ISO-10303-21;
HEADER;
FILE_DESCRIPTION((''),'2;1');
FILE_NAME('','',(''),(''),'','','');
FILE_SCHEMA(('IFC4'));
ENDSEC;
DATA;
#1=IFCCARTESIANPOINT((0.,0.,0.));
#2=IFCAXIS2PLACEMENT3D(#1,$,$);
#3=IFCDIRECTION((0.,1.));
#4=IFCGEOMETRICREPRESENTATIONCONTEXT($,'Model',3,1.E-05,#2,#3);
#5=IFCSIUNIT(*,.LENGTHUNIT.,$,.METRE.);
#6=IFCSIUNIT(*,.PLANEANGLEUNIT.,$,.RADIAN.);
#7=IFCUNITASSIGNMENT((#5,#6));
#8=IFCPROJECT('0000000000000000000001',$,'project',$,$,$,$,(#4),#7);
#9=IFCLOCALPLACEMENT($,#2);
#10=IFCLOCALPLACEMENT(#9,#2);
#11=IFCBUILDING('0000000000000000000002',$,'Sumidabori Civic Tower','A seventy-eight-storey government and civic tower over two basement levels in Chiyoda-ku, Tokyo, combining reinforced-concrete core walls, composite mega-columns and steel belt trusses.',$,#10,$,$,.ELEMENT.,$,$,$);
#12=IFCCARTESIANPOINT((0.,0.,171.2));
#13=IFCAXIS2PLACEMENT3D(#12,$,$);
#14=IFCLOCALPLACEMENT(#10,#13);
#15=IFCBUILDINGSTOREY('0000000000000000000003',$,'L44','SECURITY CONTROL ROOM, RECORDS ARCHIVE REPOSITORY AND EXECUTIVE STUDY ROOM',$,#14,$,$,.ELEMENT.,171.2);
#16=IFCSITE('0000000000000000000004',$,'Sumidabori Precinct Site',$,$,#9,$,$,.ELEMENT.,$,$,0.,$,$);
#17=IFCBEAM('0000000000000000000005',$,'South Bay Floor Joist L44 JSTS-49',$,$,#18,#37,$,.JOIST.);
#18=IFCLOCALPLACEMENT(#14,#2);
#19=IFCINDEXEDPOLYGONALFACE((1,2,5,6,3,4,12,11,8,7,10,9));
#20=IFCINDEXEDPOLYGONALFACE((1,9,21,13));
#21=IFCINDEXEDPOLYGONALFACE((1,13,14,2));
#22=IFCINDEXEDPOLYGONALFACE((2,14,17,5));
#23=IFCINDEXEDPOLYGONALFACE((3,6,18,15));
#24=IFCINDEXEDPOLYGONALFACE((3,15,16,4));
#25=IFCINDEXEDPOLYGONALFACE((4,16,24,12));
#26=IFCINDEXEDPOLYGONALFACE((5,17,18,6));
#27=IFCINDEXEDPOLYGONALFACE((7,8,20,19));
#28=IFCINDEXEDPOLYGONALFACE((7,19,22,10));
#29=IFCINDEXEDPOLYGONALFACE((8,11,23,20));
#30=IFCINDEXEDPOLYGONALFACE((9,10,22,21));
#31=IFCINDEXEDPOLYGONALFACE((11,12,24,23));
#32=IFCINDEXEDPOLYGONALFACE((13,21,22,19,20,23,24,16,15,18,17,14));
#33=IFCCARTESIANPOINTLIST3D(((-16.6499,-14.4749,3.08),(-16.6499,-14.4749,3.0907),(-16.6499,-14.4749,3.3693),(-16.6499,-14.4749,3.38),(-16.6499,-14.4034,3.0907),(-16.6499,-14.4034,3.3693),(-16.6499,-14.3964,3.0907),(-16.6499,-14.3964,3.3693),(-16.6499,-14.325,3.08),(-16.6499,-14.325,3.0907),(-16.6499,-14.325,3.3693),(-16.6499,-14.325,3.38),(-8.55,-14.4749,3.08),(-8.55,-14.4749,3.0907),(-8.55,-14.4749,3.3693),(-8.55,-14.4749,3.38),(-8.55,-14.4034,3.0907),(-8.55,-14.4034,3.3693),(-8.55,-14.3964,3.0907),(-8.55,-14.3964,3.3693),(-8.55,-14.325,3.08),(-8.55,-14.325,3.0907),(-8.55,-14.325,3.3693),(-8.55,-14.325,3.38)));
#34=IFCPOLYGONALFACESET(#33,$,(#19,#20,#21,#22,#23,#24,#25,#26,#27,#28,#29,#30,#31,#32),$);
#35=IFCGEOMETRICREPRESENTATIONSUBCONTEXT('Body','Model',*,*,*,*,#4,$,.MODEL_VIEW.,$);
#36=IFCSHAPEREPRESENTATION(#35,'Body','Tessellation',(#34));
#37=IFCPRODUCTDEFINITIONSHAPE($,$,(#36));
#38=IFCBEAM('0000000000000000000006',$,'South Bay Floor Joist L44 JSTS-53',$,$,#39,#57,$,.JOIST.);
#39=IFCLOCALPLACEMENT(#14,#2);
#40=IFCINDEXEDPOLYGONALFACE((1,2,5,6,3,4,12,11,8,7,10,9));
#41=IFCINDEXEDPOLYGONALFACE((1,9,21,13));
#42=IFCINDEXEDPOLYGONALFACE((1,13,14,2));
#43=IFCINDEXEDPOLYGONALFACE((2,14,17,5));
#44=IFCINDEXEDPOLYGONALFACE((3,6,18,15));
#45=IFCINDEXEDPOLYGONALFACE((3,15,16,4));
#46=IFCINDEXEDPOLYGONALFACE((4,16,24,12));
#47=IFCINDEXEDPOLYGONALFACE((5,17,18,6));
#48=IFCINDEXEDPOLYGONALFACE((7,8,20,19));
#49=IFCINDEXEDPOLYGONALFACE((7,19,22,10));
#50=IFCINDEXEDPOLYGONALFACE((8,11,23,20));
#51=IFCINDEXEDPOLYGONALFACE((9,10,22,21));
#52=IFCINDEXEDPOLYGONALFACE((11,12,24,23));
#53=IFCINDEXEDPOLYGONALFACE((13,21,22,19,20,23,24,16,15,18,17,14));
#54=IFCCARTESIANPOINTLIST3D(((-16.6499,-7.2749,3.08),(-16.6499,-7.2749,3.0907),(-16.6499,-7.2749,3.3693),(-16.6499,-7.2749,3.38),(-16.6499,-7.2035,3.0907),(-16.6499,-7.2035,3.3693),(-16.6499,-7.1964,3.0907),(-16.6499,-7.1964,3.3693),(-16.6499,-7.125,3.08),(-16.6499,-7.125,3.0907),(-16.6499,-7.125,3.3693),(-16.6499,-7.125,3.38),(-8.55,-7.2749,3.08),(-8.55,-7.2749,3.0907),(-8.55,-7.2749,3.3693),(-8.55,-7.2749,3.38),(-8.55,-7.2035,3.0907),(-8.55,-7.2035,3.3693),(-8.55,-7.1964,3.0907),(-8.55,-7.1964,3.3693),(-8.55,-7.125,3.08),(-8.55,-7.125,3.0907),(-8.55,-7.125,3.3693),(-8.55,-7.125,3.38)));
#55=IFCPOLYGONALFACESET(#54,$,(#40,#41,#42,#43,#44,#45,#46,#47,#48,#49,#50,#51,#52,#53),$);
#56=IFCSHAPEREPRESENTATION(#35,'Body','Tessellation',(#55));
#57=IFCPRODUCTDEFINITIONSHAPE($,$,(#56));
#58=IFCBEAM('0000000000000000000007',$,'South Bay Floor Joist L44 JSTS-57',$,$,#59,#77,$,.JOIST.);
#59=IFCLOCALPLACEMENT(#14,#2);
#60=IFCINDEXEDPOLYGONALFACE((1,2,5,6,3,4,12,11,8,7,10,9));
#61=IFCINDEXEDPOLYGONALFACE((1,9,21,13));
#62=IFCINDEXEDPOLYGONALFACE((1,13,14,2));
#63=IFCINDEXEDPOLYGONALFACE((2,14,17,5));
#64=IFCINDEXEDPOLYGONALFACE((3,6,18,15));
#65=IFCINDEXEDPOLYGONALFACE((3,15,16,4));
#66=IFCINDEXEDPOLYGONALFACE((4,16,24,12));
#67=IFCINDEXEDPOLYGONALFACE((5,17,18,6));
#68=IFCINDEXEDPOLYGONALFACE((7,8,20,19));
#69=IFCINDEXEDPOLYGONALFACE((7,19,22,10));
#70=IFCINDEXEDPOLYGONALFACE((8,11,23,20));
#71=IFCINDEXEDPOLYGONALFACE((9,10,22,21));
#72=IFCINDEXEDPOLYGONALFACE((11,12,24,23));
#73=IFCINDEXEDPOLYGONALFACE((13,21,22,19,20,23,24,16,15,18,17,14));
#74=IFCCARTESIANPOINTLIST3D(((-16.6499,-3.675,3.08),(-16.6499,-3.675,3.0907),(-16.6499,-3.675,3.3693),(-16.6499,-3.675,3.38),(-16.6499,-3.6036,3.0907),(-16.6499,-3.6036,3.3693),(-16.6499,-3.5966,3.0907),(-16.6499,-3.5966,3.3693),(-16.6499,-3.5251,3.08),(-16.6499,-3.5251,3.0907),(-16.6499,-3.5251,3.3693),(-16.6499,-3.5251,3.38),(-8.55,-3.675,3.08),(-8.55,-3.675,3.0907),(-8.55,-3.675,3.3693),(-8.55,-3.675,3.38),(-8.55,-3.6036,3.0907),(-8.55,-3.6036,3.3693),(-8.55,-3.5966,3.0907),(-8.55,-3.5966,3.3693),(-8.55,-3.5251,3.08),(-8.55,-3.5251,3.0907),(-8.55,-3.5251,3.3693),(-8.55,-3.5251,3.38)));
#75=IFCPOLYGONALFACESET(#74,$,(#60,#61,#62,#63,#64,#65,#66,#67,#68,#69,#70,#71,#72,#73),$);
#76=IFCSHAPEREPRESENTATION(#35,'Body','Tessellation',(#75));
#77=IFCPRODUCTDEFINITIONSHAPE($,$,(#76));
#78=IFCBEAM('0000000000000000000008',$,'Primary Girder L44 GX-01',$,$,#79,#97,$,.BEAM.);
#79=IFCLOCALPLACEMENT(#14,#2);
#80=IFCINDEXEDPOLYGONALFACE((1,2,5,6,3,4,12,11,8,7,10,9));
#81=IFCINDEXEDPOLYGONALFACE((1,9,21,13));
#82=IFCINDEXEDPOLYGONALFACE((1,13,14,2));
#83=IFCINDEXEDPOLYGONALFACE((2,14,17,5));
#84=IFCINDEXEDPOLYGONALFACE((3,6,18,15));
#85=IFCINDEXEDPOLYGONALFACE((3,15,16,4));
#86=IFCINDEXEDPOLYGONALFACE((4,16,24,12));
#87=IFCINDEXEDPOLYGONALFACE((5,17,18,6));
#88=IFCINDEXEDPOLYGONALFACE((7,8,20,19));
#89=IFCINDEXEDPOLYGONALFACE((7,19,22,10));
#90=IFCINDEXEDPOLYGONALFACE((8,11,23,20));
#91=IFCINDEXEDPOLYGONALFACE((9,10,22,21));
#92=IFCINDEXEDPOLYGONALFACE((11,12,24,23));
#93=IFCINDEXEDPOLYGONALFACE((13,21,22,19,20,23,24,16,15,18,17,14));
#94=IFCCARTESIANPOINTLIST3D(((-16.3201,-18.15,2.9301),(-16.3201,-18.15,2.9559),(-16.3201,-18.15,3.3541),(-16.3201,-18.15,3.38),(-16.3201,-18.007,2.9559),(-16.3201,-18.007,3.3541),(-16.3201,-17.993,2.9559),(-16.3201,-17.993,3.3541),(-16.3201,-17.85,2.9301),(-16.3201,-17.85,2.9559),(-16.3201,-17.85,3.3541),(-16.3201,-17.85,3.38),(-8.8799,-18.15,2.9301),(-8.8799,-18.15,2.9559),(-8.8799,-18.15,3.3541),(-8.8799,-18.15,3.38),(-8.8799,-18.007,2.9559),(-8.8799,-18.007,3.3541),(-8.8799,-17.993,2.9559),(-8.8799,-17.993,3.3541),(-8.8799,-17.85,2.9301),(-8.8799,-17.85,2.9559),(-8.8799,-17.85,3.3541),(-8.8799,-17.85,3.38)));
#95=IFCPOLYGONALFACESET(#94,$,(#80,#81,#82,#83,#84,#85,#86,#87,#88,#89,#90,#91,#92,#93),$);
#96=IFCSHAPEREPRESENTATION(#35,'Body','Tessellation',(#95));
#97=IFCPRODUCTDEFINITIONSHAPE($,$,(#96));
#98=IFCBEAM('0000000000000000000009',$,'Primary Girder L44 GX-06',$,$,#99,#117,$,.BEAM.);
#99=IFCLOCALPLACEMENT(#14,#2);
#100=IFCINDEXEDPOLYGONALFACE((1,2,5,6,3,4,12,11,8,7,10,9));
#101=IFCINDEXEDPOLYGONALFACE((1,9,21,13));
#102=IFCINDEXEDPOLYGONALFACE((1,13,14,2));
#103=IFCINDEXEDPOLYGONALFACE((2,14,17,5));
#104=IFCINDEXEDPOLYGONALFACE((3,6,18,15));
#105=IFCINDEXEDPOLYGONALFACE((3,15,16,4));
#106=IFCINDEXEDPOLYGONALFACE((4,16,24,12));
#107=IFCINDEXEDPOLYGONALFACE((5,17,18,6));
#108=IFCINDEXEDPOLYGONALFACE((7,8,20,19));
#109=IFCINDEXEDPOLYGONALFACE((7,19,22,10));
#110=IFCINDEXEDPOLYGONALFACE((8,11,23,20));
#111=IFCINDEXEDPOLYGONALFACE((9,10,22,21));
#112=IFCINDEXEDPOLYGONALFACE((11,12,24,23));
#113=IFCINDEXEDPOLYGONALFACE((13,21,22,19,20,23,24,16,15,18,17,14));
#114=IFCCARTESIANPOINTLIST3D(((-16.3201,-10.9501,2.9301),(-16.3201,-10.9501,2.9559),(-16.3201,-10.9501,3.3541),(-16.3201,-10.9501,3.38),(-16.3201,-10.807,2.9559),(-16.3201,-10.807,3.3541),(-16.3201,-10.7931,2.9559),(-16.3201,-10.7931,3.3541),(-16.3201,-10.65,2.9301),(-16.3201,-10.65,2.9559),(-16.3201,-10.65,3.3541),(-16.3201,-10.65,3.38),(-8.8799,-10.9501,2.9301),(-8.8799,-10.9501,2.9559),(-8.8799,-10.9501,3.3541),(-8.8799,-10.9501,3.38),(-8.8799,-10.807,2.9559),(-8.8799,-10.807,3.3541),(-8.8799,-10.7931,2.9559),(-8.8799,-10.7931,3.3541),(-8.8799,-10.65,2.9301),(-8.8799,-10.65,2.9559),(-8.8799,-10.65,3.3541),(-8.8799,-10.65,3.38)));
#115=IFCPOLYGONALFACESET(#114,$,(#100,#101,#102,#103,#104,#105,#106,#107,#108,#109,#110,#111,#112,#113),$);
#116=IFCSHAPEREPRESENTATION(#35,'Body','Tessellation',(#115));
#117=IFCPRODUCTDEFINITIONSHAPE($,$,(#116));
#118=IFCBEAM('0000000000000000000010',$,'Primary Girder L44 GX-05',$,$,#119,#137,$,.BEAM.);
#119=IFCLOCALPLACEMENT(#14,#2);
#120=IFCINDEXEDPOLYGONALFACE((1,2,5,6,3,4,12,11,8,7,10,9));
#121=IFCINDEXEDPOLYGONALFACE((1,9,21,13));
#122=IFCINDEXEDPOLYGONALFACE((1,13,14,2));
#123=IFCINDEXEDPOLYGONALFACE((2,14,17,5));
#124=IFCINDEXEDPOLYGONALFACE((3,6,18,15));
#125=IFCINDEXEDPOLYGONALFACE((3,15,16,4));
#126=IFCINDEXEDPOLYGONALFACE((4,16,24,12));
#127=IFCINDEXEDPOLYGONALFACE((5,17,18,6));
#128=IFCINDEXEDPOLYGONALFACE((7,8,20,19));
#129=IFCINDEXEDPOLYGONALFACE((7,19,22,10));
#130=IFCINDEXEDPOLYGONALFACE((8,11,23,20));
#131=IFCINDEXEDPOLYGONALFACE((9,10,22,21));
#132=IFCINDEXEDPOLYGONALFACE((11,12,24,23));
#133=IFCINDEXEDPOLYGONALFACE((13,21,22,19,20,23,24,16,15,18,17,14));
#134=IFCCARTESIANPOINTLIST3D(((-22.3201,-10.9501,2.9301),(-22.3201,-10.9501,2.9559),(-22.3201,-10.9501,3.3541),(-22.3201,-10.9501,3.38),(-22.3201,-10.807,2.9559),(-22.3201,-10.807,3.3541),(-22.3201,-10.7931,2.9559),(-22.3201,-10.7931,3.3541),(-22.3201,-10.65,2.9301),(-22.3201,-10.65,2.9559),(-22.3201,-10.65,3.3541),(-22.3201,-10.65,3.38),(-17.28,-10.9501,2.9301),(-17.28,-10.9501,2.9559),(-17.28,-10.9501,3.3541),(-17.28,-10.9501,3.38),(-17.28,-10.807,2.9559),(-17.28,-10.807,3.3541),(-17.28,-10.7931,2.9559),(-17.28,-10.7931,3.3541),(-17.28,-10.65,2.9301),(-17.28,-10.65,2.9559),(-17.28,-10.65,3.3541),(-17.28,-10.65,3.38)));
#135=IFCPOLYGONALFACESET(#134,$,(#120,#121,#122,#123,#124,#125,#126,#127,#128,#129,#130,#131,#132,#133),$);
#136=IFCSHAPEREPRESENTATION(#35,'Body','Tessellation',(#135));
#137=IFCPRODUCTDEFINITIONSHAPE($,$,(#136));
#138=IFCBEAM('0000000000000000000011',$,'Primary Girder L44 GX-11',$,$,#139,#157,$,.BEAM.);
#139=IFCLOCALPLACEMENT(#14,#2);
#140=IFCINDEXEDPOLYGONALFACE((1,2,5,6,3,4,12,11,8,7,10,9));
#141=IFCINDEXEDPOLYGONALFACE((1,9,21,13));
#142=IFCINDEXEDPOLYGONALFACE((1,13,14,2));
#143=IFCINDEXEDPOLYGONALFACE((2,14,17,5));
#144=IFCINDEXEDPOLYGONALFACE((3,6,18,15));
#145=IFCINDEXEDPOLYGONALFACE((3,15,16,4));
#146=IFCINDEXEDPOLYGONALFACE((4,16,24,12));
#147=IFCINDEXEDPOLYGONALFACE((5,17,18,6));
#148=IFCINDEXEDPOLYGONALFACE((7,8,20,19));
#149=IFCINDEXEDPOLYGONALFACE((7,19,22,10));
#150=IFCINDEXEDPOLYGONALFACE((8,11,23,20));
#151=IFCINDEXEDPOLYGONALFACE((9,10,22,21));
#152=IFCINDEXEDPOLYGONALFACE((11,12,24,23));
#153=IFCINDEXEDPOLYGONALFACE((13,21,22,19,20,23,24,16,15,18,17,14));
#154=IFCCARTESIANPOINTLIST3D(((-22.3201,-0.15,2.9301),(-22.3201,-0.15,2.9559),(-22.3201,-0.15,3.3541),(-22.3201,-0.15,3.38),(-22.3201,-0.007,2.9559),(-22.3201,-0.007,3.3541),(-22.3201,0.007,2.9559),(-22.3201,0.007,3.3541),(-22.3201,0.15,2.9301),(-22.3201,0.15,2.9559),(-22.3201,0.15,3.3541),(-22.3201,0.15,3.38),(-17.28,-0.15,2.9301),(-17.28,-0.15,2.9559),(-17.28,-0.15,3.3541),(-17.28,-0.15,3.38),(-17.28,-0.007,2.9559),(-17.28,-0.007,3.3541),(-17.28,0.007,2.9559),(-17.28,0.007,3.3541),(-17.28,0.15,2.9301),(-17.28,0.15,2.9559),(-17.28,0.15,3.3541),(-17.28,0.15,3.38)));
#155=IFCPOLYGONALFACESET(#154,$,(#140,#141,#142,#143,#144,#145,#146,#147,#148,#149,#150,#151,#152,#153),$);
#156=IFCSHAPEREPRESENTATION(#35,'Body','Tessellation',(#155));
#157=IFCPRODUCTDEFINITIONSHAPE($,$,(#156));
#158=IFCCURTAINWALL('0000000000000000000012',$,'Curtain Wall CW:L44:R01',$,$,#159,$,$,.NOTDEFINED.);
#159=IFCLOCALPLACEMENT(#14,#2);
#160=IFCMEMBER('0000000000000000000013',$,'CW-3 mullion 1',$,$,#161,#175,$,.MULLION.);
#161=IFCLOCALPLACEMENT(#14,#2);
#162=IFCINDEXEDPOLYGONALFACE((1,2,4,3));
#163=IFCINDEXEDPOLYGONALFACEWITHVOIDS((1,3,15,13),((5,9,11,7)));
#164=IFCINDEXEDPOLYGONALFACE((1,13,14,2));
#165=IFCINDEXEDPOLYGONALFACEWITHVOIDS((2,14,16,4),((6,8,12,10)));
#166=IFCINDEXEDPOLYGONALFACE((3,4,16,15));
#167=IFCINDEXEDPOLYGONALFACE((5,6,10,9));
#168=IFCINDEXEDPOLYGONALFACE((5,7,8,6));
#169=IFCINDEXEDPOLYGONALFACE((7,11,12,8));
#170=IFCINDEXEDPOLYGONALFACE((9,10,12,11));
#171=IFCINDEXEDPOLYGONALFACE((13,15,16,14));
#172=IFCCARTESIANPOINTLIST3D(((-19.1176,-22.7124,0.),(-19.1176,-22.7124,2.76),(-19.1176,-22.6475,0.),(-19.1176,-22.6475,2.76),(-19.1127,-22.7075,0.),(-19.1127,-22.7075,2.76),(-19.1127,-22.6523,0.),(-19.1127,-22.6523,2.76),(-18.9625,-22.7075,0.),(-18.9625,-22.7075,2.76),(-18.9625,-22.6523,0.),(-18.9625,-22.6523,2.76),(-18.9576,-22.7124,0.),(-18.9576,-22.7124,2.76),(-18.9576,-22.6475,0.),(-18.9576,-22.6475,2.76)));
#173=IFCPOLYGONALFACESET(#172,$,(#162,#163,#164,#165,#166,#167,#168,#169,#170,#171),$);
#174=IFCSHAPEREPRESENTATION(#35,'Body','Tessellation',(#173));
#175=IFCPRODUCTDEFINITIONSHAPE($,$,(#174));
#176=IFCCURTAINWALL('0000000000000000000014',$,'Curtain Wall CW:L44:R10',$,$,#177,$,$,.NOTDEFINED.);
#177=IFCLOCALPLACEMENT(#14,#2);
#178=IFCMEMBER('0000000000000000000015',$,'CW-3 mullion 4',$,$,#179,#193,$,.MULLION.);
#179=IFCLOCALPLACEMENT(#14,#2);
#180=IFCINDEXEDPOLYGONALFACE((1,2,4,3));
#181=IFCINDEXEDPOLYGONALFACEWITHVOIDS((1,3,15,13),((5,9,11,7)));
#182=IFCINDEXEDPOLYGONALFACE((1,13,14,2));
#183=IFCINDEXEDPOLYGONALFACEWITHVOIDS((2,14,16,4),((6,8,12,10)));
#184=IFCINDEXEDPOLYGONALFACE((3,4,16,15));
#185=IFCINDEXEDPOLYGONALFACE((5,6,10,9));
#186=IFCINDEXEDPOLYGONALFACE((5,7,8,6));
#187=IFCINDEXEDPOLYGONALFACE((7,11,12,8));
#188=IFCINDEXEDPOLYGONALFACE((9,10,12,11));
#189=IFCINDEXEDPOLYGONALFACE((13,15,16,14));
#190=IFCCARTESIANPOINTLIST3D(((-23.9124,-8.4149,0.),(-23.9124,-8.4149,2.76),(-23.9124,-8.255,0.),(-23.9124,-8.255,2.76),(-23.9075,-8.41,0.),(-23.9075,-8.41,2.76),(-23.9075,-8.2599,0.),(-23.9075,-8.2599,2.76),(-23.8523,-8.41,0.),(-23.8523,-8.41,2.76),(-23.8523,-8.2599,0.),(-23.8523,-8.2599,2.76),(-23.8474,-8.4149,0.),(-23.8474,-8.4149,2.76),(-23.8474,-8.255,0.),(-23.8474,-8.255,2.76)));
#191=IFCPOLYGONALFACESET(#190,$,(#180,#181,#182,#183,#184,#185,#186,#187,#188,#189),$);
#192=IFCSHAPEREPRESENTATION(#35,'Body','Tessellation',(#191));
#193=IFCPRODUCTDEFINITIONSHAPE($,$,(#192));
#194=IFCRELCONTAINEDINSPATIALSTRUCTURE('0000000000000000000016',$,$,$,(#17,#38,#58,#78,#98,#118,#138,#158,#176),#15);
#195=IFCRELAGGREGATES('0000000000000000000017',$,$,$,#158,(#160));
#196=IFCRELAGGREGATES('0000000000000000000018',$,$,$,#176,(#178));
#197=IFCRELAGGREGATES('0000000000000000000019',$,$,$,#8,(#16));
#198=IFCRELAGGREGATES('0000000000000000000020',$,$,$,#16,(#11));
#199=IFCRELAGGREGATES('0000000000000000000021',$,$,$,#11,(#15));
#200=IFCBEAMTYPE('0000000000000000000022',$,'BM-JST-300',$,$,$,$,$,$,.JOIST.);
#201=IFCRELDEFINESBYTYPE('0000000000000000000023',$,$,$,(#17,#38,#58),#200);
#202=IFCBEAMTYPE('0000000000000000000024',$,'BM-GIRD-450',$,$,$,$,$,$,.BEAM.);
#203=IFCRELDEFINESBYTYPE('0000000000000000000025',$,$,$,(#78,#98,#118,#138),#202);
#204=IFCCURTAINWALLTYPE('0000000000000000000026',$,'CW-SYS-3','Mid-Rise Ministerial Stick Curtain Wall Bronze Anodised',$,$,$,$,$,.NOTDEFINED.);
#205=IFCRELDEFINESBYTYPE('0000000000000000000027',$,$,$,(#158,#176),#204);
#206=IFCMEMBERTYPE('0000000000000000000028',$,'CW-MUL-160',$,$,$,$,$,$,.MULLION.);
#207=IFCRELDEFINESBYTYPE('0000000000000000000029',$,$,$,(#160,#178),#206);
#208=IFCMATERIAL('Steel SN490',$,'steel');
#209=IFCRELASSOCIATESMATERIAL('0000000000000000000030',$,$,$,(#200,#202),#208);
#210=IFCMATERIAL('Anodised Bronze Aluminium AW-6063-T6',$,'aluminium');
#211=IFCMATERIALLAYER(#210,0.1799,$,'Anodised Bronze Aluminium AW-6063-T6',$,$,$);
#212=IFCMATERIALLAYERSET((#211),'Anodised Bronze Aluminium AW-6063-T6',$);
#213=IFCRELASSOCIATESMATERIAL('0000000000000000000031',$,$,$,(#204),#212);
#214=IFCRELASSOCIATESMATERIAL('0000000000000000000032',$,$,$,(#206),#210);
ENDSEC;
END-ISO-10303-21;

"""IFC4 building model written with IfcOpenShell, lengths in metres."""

from ifc_helpers import new_model, si_unit, direction, frame, origin, origin_2d, place, context, subcontext, project, spatial, hollow_rectangle, i_section, extrude, source, transform, mapped, material, layer, layer_set, material_profile, profile_set, type_object, element, aggregate, save


model = new_model("IFC4")

# Units and contexts
model_context = context("Model", 3, precision=1e-05, world=origin(), true_north=direction((0.0, 1.0)))
body_context = subcontext(model_context, "Body", "Model", "MODEL_VIEW")
ifc_project = project(units=[si_unit("LENGTHUNIT", "METRE"), si_unit("PLANEANGLEUNIT", "RADIAN")], contexts=[model_context])

# Site, building, storey
site_placement = place(None, origin())
site = spatial("IfcSite", under=ifc_project, at=site_placement, Name="Sumidabori Precinct Site", CompositionType="ELEMENT", RefElevation=0.0)
building_placement = place(site_placement, origin())
building = spatial("IfcBuilding", under=site, at=building_placement, Name="Sumidabori Civic Tower", Description="A seventy-eight-storey government and civic tower over two basement levels in Chiyoda-ku, Tokyo, combining reinforced-concrete core walls, composite mega-columns and steel belt trusses.", CompositionType="ELEMENT")
storey_placement = place(building_placement, frame((0.0, 0.0, 171.2)))
storey = spatial("IfcBuildingStorey", under=building, at=storey_placement, Name="L44", Description="SECURITY CONTROL ROOM, RECORDS ARCHIVE REPOSITORY AND EXECUTIVE STUDY ROOM", CompositionType="ELEMENT", Elevation=171.2)

# Beams
ifc_material_1 = material(Name="Steel SN490", Category="steel")
ifc_material_profile_1 = material_profile(ifc_material_1, i_section(OverallWidth=0.1499, OverallDepth=0.3, WebThickness=0.0071, FlangeThickness=0.0107, at=origin_2d()), Name="IPE 300")
ifc_profile_set_1 = profile_set([ifc_material_profile_1], Name="Steel SN490")
beam_type_1 = type_object("IfcBeamType", Name="BM-JST-300", PredefinedType="JOIST", material=ifc_profile_set_1)
shared_shape_1 = source(origin(), body_context, "Body", "SweptSolid", [
    extrude(i_section(OverallWidth=0.1499, OverallDepth=0.3, WebThickness=0.0071, FlangeThickness=0.0107, at=origin_2d()), origin(), (0.0, 0.0, 1.0), 8.0999),
])
for number, where, z_axis, x_axis, name in (
    (1, (-16.6499, -14.3999, 3.23), (1.0, 0.0, 0.0), (0.0, 1.0, 0.0), "South Bay Floor Joist L44 JSTS-49"),
    (2, (-16.6499, -7.2, 3.23), (1.0, 0.0, 0.0), (0.0, 1.0, 0.0), "South Bay Floor Joist L44 JSTS-53"),
    (3, (-16.6499, -3.6001, 3.23), (1.0, 0.0, 0.0), (0.0, 1.0, 0.0), "South Bay Floor Joist L44 JSTS-57"),
):
    element("IfcBeam", number, at=place(storey_placement, frame(where, z_axis=z_axis, x_axis=x_axis)), inside=storey, type_object=beam_type_1, Name=name, PredefinedType="JOIST", context=body_context, shape_type="MappedRepresentation", body=[
        mapped(shared_shape_1, transform((0.0, 0.0, 0.0), x_axis=(1.0, 0.0, 0.0), y_axis=(0.0, 1.0, 0.0), z_axis=(0.0, 0.0, 1.0), scale=1.0)),
    ])
ifc_material_profile_2 = material_profile(ifc_material_1, i_section(OverallWidth=0.3, OverallDepth=0.45, WebThickness=0.0139, FlangeThickness=0.0259, at=origin_2d()), Name="HE 450 B")
ifc_profile_set_2 = profile_set([ifc_material_profile_2], Name="Steel SN490")
beam_type_2 = type_object("IfcBeamType", Name="BM-GIRD-450", PredefinedType="BEAM", material=ifc_profile_set_2)
shared_shape_2 = source(origin(), body_context, "Body", "SweptSolid", [
    extrude(i_section(OverallWidth=0.3, OverallDepth=0.45, WebThickness=0.0139, FlangeThickness=0.0259, at=origin_2d()), origin(), (0.0, 0.0, 1.0), 7.4402),
])
for number, where, z_axis, x_axis, name in (
    (4, (-16.3201, -18.0, 3.155), (1.0, 0.0, 0.0), (0.0, 1.0, 0.0), "Primary Girder L44 GX-01"),
    (5, (-16.3201, -10.8, 3.155), (1.0, 0.0, 0.0), (0.0, 1.0, 0.0), "Primary Girder L44 GX-06"),
):
    element("IfcBeam", number, at=place(storey_placement, frame(where, z_axis=z_axis, x_axis=x_axis)), inside=storey, type_object=beam_type_2, Name=name, PredefinedType="BEAM", context=body_context, shape_type="MappedRepresentation", body=[
        mapped(shared_shape_2, transform((0.0, 0.0, 0.0), x_axis=(1.0, 0.0, 0.0), y_axis=(0.0, 1.0, 0.0), z_axis=(0.0, 0.0, 1.0), scale=1.0)),
    ])
shared_shape_3 = source(origin(), body_context, "Body", "SweptSolid", [
    extrude(i_section(OverallWidth=0.3, OverallDepth=0.45, WebThickness=0.0139, FlangeThickness=0.0259, at=origin_2d()), origin(), (0.0, 0.0, 1.0), 5.04),
])
for number, where, z_axis, x_axis, name in (
    (6, (-22.3201, -10.8, 3.155), (1.0, 0.0, 0.0), (0.0, 1.0, 0.0), "Primary Girder L44 GX-05"),
    (7, (-22.3201, 0.0, 3.155), (1.0, 0.0, 0.0), (0.0, 1.0, 0.0), "Primary Girder L44 GX-11"),
):
    element("IfcBeam", number, at=place(storey_placement, frame(where, z_axis=z_axis, x_axis=x_axis)), inside=storey, type_object=beam_type_2, Name=name, PredefinedType="BEAM", context=body_context, shape_type="MappedRepresentation", body=[
        mapped(shared_shape_3, transform((0.0, 0.0, 0.0), x_axis=(1.0, 0.0, 0.0), y_axis=(0.0, 1.0, 0.0), z_axis=(0.0, 0.0, 1.0), scale=1.0)),
    ])

# Curtain wall, member
ifc_material_2 = material(Name="Anodised Bronze Aluminium AW-6063-T6", Category="aluminium")
ifc_layer_1 = layer(ifc_material_2, 0.1799, Name="Anodised Bronze Aluminium AW-6063-T6")
ifc_layer_set_1 = layer_set([ifc_layer_1], Name="Anodised Bronze Aluminium AW-6063-T6")
curtain_wall_type = type_object("IfcCurtainWallType", Name="CW-SYS-3", Description="Mid-Rise Ministerial Stick Curtain Wall Bronze Anodised", PredefinedType="NOTDEFINED", material=ifc_layer_set_1)
curtain_wall_1_placement = place(storey_placement, origin())
curtain_wall_1 = element("IfcCurtainWall", 8, at=curtain_wall_1_placement, inside=storey, type_object=curtain_wall_type, Name="Curtain Wall CW:L44:R01", PredefinedType="NOTDEFINED")
ifc_material_profile_3 = material_profile(ifc_material_2, hollow_rectangle(XDim=0.0649, YDim=0.1599, WallThickness=0.0049, at=origin_2d()), Name="ALU MULLION 160x65")
ifc_profile_set_3 = profile_set([ifc_material_profile_3], Name="Anodised Bronze Aluminium AW-6063-T6")
member_type_1 = type_object("IfcMemberType", Name="CW-MUL-160", PredefinedType="MULLION", material=ifc_profile_set_3)
shared_shape_4 = source(origin(), body_context, "Body", "SweptSolid", [
    extrude(hollow_rectangle(XDim=0.0649, YDim=0.1599, WallThickness=0.0049, at=origin_2d()), origin(), (0.0, 0.0, 1.0), 2.76),
])
member_1_placement = place(storey_placement, frame((-19.0376, -22.6799, 0.0), z_axis=(0.0, 0.0, 1.0), x_axis=(0.0, 1.0, 0.0)))
member_1 = element("IfcMember", 9, at=member_1_placement, type_object=member_type_1, Name="CW-3 mullion 1", PredefinedType="MULLION", context=body_context, shape_type="MappedRepresentation", body=[
    mapped(shared_shape_4, transform((0.0, 0.0, 0.0), x_axis=(1.0, 0.0, 0.0), y_axis=(0.0, 1.0, 0.0), z_axis=(0.0, 0.0, 1.0), scale=1.0)),
])

# Curtain wall, member
curtain_wall_2_placement = place(storey_placement, origin())
curtain_wall_2 = element("IfcCurtainWall", 10, at=curtain_wall_2_placement, inside=storey, type_object=curtain_wall_type, Name="Curtain Wall CW:L44:R10", PredefinedType="NOTDEFINED")
member_2_placement = place(storey_placement, frame((-23.8799, -8.335, 0.0), z_axis=(0.0, 0.0, 1.0), x_axis=(1.0, 0.0, 0.0)))
member_2 = element("IfcMember", 11, at=member_2_placement, type_object=member_type_1, Name="CW-3 mullion 4", PredefinedType="MULLION", context=body_context, shape_type="MappedRepresentation", body=[
    mapped(shared_shape_4, transform((0.0, 0.0, 0.0), x_axis=(1.0, 0.0, 0.0), y_axis=(0.0, 1.0, 0.0), z_axis=(0.0, 0.0, 1.0), scale=1.0)),
])

aggregate(curtain_wall_1, [member_1])

aggregate(curtain_wall_2, [member_2])

save(model, "model.ifc")
